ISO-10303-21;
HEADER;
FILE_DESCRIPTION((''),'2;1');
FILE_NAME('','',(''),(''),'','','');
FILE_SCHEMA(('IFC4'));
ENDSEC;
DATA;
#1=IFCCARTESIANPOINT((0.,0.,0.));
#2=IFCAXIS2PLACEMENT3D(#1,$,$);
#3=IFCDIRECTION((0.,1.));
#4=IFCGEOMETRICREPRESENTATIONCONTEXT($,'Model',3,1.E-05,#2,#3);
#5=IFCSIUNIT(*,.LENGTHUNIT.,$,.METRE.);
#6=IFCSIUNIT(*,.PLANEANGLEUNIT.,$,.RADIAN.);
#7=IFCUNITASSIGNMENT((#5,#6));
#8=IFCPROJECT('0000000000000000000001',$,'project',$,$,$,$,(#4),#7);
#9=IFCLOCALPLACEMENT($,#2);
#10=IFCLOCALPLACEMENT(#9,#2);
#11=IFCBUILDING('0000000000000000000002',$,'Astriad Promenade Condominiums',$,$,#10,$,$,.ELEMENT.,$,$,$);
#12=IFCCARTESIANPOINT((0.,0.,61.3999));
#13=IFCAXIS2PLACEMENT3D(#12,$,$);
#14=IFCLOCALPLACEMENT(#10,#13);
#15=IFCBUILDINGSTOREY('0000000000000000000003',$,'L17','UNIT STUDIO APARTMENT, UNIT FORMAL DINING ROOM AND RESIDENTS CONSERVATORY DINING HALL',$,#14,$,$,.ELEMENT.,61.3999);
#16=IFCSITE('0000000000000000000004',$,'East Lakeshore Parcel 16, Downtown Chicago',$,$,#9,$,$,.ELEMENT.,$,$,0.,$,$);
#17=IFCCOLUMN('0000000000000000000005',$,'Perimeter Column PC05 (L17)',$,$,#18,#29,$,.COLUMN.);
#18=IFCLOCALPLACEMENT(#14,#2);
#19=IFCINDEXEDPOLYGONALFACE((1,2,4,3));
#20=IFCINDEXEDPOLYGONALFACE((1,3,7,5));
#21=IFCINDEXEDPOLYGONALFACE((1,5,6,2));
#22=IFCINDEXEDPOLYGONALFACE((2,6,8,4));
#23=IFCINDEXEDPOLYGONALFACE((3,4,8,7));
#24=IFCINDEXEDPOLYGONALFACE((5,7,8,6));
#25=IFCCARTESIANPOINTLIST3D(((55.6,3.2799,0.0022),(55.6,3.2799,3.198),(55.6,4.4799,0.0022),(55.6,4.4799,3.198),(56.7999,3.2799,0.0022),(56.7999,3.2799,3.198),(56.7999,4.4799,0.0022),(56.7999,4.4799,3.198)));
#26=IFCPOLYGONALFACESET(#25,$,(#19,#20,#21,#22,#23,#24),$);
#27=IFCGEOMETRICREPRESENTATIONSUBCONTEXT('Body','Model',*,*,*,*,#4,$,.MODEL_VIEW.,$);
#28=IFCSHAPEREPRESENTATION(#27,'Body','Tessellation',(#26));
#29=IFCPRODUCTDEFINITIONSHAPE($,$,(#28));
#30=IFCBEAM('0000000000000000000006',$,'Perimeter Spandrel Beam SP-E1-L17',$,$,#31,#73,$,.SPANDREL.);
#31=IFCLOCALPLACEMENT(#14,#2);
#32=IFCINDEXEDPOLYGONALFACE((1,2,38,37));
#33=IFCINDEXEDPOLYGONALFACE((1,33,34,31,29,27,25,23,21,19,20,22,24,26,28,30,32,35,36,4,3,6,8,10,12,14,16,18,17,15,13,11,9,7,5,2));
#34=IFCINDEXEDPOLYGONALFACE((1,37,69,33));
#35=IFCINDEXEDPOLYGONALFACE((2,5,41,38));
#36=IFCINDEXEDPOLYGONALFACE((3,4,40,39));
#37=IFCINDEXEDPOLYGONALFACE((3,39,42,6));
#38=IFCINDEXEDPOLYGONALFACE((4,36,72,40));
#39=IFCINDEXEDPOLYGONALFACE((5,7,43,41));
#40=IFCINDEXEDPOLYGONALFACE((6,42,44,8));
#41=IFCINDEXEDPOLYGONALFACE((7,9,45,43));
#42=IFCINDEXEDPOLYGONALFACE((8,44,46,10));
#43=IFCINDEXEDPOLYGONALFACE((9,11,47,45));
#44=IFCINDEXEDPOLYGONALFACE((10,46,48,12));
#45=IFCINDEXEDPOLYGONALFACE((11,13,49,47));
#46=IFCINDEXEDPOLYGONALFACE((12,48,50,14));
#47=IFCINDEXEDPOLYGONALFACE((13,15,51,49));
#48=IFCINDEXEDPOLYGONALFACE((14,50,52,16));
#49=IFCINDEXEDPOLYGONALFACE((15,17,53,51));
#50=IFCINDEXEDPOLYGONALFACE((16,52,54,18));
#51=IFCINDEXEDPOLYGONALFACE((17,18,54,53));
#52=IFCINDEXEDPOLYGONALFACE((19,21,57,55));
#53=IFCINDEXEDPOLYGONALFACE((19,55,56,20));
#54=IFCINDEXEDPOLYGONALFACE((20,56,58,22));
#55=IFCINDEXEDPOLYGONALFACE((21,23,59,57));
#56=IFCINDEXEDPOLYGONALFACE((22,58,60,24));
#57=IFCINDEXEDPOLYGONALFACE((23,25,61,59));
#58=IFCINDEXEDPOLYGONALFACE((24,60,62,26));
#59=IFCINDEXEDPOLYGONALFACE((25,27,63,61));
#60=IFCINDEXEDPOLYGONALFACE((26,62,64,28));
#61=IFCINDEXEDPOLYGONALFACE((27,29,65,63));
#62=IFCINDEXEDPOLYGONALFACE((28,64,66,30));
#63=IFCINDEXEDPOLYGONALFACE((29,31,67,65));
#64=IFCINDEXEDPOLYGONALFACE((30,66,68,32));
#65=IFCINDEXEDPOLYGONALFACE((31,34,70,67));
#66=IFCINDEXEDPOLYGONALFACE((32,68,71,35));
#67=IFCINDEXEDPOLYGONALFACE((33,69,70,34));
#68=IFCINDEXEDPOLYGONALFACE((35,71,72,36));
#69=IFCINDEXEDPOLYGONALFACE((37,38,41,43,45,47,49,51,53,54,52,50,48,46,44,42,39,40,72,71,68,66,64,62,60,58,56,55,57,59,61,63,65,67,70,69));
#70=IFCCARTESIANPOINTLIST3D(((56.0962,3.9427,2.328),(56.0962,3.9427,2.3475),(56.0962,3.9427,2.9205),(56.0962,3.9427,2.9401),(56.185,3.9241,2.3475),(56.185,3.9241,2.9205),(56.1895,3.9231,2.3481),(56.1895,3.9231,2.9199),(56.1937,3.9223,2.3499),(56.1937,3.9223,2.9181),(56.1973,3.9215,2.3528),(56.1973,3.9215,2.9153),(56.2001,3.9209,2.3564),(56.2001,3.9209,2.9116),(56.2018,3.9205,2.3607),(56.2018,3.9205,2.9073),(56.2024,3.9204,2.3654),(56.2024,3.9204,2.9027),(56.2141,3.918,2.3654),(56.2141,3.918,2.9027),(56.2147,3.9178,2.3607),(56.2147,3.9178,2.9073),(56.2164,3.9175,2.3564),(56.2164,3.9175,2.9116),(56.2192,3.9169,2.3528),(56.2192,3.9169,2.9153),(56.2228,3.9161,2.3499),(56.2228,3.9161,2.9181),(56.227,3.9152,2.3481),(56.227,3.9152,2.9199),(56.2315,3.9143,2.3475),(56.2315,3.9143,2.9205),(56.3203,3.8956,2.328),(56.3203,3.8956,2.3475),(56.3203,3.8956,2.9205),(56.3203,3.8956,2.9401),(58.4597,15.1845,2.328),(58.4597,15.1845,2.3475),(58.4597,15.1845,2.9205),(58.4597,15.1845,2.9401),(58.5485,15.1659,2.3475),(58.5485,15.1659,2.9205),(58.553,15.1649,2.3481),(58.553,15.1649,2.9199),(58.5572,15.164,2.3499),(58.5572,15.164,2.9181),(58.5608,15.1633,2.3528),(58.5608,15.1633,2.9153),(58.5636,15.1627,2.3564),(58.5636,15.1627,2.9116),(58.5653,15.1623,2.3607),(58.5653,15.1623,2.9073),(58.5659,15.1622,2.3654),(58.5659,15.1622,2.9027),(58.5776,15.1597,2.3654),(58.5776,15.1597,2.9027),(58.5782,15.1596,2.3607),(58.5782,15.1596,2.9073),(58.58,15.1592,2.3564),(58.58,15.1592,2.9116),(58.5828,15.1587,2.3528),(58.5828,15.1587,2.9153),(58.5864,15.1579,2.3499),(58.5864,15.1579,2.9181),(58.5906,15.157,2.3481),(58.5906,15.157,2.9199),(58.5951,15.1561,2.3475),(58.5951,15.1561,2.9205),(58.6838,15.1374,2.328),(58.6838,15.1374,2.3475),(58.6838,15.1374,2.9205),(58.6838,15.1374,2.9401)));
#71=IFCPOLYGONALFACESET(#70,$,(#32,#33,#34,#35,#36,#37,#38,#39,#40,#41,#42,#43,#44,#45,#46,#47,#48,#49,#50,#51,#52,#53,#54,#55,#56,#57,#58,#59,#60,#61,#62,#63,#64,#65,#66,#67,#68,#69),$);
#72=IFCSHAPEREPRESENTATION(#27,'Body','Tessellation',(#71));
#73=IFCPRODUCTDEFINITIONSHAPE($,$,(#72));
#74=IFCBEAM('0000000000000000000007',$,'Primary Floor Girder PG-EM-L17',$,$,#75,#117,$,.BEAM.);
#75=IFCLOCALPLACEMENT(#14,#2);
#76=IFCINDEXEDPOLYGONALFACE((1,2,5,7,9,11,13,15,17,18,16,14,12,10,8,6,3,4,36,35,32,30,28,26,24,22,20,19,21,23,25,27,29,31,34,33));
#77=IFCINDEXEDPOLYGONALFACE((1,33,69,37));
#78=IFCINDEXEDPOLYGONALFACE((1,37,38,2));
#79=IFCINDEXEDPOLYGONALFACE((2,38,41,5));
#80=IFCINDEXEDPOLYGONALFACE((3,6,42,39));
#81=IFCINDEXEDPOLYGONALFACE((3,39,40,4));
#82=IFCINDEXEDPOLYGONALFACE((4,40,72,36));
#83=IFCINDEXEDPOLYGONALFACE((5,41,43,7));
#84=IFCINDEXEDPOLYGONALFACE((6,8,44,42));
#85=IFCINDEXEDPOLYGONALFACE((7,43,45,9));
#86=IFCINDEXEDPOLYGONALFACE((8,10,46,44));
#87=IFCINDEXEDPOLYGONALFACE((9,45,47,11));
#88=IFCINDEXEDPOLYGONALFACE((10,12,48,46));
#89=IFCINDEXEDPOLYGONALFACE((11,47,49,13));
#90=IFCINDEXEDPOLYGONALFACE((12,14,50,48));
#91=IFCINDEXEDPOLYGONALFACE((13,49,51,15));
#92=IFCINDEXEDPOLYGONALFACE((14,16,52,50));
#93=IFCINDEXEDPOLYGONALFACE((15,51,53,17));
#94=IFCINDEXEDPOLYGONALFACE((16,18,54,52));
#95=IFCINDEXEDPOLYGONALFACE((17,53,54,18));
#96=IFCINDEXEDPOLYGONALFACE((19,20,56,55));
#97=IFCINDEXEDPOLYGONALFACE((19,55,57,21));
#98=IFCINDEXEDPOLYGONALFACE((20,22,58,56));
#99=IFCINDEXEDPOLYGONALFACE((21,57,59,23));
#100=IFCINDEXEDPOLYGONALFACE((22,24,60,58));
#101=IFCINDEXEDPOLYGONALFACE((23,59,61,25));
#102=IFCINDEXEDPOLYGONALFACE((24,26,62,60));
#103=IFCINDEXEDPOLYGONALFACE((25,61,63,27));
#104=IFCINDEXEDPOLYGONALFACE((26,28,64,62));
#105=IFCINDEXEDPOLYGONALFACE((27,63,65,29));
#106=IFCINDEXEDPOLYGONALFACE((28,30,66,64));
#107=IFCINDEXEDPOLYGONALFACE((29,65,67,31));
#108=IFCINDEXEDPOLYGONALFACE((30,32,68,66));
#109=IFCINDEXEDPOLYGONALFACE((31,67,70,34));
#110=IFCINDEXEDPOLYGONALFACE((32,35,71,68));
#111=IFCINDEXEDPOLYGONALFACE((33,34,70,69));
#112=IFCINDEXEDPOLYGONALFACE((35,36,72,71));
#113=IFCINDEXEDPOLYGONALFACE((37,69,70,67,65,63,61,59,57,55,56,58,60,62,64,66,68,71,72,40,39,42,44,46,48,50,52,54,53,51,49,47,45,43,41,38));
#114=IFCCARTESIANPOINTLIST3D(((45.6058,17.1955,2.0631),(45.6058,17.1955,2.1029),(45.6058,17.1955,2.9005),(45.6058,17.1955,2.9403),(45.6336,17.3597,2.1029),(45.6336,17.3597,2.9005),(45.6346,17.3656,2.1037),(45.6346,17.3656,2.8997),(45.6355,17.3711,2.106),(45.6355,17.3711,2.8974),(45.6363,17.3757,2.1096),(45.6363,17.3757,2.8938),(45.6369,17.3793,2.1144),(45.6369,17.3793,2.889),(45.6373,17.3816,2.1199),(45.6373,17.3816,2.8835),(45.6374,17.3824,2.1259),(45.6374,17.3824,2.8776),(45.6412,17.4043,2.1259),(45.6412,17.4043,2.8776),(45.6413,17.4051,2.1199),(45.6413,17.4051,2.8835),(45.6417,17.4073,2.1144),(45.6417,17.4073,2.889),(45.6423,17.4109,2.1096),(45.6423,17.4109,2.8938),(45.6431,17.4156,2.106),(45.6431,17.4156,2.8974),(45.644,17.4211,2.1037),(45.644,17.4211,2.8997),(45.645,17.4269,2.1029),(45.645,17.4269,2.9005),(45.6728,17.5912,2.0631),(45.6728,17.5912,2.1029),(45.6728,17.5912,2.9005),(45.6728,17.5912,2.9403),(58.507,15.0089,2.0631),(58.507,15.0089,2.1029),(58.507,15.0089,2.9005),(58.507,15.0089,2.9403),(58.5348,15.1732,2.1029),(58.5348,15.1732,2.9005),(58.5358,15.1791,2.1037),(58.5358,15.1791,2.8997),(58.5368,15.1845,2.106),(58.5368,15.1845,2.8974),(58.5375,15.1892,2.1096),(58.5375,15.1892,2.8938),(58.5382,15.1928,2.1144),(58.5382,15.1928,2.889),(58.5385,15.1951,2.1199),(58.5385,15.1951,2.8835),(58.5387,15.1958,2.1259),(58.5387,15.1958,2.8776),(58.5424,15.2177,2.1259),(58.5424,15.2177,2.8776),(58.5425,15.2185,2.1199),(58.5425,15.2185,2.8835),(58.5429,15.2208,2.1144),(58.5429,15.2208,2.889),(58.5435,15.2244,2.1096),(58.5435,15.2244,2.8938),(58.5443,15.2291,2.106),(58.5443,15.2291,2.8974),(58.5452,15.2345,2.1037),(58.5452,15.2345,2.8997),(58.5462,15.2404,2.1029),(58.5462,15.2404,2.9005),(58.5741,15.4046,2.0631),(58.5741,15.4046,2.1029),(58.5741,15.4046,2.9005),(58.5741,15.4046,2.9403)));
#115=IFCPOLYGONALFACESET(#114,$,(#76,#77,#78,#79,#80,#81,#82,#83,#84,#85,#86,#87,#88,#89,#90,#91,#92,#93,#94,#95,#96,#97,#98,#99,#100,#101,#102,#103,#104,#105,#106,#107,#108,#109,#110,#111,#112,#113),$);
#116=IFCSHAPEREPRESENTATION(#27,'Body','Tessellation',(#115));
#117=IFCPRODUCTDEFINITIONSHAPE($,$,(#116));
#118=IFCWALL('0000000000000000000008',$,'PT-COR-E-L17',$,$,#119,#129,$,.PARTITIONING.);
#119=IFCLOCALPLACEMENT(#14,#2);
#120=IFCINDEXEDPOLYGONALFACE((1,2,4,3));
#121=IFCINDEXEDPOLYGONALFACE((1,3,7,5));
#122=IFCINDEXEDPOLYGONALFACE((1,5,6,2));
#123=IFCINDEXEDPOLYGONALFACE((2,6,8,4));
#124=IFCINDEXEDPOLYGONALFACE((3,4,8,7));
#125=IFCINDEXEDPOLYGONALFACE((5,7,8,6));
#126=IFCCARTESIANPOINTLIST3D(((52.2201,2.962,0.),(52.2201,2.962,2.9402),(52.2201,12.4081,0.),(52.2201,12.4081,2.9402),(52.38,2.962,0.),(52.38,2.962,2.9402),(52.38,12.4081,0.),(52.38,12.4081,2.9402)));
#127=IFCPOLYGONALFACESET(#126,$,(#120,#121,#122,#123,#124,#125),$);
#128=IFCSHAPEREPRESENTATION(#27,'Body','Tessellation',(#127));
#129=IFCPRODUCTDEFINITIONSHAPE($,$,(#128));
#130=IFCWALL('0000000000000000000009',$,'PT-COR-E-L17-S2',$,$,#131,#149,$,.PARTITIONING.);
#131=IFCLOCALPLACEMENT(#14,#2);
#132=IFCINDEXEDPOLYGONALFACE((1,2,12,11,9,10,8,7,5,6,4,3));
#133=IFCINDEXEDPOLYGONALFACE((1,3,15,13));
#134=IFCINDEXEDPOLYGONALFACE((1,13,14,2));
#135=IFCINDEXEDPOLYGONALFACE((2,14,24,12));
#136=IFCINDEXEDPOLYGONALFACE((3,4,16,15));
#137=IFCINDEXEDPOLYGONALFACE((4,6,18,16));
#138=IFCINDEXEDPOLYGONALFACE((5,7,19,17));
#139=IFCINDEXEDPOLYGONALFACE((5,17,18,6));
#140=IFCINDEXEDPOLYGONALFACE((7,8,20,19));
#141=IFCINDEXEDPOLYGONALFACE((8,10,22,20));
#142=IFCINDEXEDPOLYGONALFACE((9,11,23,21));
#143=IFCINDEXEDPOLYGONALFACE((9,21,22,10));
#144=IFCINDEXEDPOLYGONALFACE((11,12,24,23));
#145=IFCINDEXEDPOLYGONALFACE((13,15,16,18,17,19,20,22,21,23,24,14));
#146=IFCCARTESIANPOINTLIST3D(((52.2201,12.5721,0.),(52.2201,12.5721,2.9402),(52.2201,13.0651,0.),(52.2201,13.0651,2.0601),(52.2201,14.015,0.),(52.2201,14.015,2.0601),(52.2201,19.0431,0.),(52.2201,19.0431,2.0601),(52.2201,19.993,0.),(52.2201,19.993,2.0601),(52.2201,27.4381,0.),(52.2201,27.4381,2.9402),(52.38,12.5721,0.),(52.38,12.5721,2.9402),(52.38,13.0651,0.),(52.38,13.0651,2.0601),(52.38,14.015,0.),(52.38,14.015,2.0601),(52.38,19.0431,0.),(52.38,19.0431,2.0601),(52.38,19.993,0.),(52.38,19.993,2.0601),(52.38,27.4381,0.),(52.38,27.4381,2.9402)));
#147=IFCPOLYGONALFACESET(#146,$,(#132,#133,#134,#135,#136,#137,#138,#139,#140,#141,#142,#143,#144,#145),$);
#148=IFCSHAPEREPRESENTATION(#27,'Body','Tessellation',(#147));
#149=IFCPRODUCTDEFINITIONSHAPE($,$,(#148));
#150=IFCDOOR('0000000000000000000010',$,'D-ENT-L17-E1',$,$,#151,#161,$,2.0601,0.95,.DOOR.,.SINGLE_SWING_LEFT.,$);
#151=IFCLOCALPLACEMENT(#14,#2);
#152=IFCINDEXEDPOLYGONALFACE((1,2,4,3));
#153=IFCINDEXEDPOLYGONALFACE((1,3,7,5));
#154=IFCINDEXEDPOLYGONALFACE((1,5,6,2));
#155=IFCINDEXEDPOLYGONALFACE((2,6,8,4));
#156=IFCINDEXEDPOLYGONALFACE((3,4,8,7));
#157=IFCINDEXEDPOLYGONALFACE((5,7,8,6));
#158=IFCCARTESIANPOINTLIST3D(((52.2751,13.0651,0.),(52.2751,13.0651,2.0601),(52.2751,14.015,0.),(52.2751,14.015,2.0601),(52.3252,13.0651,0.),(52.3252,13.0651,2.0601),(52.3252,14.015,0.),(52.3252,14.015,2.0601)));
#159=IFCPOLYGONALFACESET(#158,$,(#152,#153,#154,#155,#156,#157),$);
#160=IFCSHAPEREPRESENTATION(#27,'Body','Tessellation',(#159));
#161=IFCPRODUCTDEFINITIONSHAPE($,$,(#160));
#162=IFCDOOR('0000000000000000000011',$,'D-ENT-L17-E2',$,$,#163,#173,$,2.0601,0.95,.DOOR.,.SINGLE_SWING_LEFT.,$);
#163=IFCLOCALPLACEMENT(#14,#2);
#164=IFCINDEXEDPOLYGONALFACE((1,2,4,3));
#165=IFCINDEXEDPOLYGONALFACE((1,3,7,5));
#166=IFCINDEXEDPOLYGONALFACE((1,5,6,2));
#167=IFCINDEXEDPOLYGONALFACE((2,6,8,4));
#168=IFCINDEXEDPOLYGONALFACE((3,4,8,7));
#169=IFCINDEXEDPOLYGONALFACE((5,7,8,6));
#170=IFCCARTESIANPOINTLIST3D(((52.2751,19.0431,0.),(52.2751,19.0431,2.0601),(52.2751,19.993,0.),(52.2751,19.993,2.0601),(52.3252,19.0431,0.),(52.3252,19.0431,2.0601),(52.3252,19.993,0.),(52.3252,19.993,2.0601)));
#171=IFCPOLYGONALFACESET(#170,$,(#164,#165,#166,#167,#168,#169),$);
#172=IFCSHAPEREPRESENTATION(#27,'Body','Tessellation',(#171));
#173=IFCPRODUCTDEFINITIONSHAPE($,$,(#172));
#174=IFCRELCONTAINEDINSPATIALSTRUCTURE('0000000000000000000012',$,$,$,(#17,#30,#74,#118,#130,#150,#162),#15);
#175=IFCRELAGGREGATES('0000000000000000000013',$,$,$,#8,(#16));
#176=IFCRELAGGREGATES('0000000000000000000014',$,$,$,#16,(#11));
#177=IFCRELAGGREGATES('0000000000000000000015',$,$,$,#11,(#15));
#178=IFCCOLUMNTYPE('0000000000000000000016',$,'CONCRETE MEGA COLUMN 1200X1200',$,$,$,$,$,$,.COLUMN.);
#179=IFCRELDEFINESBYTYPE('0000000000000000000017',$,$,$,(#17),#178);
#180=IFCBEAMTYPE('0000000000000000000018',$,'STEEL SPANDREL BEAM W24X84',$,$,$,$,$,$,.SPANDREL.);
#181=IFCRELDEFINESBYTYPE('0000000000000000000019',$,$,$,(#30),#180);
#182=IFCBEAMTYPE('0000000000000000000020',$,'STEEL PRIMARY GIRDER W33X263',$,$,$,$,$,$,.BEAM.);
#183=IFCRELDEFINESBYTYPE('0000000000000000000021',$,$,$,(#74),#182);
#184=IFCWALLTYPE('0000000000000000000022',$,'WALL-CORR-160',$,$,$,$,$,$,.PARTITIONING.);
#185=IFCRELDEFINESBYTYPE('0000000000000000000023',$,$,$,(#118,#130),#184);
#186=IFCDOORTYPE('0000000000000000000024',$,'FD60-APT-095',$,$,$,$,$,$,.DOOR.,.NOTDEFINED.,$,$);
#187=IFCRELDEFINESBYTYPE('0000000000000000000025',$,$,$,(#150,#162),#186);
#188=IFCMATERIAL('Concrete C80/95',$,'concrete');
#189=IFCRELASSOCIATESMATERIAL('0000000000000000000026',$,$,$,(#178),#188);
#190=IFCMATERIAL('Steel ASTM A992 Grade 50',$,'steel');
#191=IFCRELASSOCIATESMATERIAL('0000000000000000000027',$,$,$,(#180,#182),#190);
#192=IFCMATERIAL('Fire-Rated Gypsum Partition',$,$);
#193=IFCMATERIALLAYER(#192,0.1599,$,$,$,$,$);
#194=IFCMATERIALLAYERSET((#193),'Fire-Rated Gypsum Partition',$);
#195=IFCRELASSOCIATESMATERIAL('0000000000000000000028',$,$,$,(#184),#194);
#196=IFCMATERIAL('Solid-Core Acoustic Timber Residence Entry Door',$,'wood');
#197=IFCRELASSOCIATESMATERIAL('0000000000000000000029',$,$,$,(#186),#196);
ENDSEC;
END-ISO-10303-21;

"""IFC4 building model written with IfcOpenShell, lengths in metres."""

from ifc_helpers import new_model, si_unit, direction, frame, frame_2d, origin, origin_2d, place, context, subcontext, project, spatial, rectangle, i_section, extrude, source, transform, mapped, material, layer, layer_set, material_profile, profile_set, type_object, type_shapes, element, fill, save


model = new_model("IFC4")

# Units and contexts
model_context = context("Model", 3, precision=1e-05, world=origin(), true_north=direction((0.0, 1.0)))
body_context = subcontext(model_context, "Body", "Model", "MODEL_VIEW")
ifc_project = project(units=[si_unit("LENGTHUNIT", "METRE"), si_unit("PLANEANGLEUNIT", "RADIAN")], contexts=[model_context])

# Site, building, storey
site_placement = place(None, origin())
site = spatial("IfcSite", under=ifc_project, at=site_placement, Name="East Lakeshore Parcel 16, Downtown Chicago", CompositionType="ELEMENT", RefElevation=0.0)
building_placement = place(site_placement, origin())
building = spatial("IfcBuilding", under=site, at=building_placement, Name="Astriad Promenade Condominiums", CompositionType="ELEMENT")
storey_placement = place(building_placement, frame((0.0, 0.0, 61.3999)))
storey = spatial("IfcBuildingStorey", under=building, at=storey_placement, Name="L17", Description="UNIT STUDIO APARTMENT, UNIT FORMAL DINING ROOM AND RESIDENTS CONSERVATORY DINING HALL", CompositionType="ELEMENT", Elevation=61.3999)

# Column
ifc_material_1 = material(Name="Concrete C80/95", Category="concrete")
ifc_material_profile_1 = material_profile(ifc_material_1, rectangle(XDim=1.2, YDim=1.2, at=origin_2d()), Name="RC-COL-1200X1200")
ifc_profile_set_1 = profile_set([ifc_material_profile_1], Name="Concrete C80/95")
column_type = type_object("IfcColumnType", Name="CONCRETE MEGA COLUMN 1200X1200", PredefinedType="COLUMN", material=ifc_profile_set_1)
shared_shape_1 = source(origin(), body_context, "Body", "SweptSolid", [
    extrude(rectangle(XDim=1.2, YDim=1.2, at=origin_2d()), origin(), (0.0, 0.0, 1.0), 3.1958),
])
type_shapes(column_type, [shared_shape_1])
column_placement = place(storey_placement, frame((56.2, 3.8799, 0.0022), z_axis=(0.0, 0.0, 1.0), x_axis=(1.0, 0.0, 0.0)))
element("IfcColumn", 1, at=column_placement, inside=storey, type_object=column_type, Name="Perimeter Column PC05 (L17)", PredefinedType="COLUMN", context=body_context, shape_type="MappedRepresentation", body=[
    mapped(shared_shape_1, transform((0.0, 0.0, 0.0), scale=1.0)),
])

# Beams
ifc_material_2 = material(Name="Steel ASTM A992 Grade 50", Category="steel")
ifc_material_profile_2 = material_profile(ifc_material_2, i_section(OverallWidth=0.229, OverallDepth=0.6121, WebThickness=0.012, FlangeThickness=0.0195, FilletRadius=0.0178, at=origin_2d()), Name="W24X84")
ifc_profile_set_2 = profile_set([ifc_material_profile_2], Name="Steel ASTM A992 Grade 50")
beam_type_1 = type_object("IfcBeamType", Name="STEEL SPANDREL BEAM W24X84", PredefinedType="SPANDREL", material=ifc_profile_set_2)
shared_shape_2 = source(origin(), body_context, "Body", "SweptSolid", [
    extrude(i_section(OverallWidth=0.229, OverallDepth=0.6121, WebThickness=0.012, FlangeThickness=0.0195, FilletRadius=0.0178, at=origin_2d()), origin(), (0.0, 0.0, 1.0), 11.4875),
])
type_shapes(beam_type_1, [shared_shape_2])
beam_1_placement = place(storey_placement, frame((56.2083, 3.9192, 2.634), z_axis=(0.205748, 0.978605, 0.0), x_axis=(-0.978605, 0.205748, 0.0)))
element("IfcBeam", 2, at=beam_1_placement, inside=storey, type_object=beam_type_1, Name="Perimeter Spandrel Beam SP-E1-L17", PredefinedType="SPANDREL", context=body_context, shape_type="MappedRepresentation", body=[
    mapped(shared_shape_2, transform((0.0, 0.0, 0.0), scale=1.0)),
])
ifc_material_profile_3 = material_profile(ifc_material_2, i_section(OverallWidth=0.4014, OverallDepth=0.8772, WebThickness=0.0222, FlangeThickness=0.0398, FilletRadius=0.0229, at=origin_2d()), Name="W33X263")
ifc_profile_set_3 = profile_set([ifc_material_profile_3], Name="Steel ASTM A992 Grade 50")
beam_type_2 = type_object("IfcBeamType", Name="STEEL PRIMARY GIRDER W33X263", PredefinedType="BEAM", material=ifc_profile_set_3)
shared_shape_3 = source(origin(), body_context, "Body", "SweptSolid", [
    extrude(i_section(OverallWidth=0.4014, OverallDepth=0.8772, WebThickness=0.0222, FlangeThickness=0.0398, FilletRadius=0.0229, at=origin_2d()), origin(), (0.0, 0.0, 1.0), 13.0852),
])
type_shapes(beam_type_2, [shared_shape_3])
beam_2_placement = place(storey_placement, frame((58.5405, 15.2068, 2.5017), z_axis=(-0.98594, 0.1671, 0.0), x_axis=(-0.1671, -0.98594, 0.0)))
element("IfcBeam", 3, at=beam_2_placement, inside=storey, type_object=beam_type_2, Name="Primary Floor Girder PG-EM-L17", PredefinedType="BEAM", context=body_context, shape_type="MappedRepresentation", body=[
    mapped(shared_shape_3, transform((0.0, 0.0, 0.0), scale=1.0)),
])

# Wall
ifc_material_3 = material(Name="Fire-Rated Gypsum Partition")
ifc_layer_1 = layer(ifc_material_3, 0.1599)
ifc_layer_set_1 = layer_set([ifc_layer_1], Name="Fire-Rated Gypsum Partition")
wall_type_1 = type_object("IfcWallType", Name="WALL-CORR-160", PredefinedType="PARTITIONING", material=ifc_layer_set_1)
wall_1_placement = place(storey_placement, frame((52.3, 2.9619, 0.0), z_axis=(0.0, 0.0, 1.0), x_axis=(0.0, 1.0, 0.0)))
element("IfcWall", 4, at=wall_1_placement, inside=storey, type_object=wall_type_1, Name="PT-COR-E-L17", PredefinedType="PARTITIONING", context=body_context, shape_type="SweptSolid", body=[
    extrude(rectangle(XDim=9.446, YDim=0.1599, at=frame_2d((4.7231, 0.0))), origin(), (0.0, 0.0, 1.0), 2.9402),
])

# Wall, openings, doors
wall_2_placement = place(storey_placement, frame((52.3, 12.572, 0.0), z_axis=(0.0, 0.0, 1.0), x_axis=(0.0, 1.0, 0.0)))
wall_2 = element("IfcWall", 5, at=wall_2_placement, inside=storey, type_object=wall_type_1, Name="PT-COR-E-L17-S2", PredefinedType="PARTITIONING", context=body_context, shape_type="SweptSolid", body=[
    extrude(rectangle(XDim=14.866, YDim=0.1599, at=frame_2d((7.4331, 0.0))), origin(), (0.0, 0.0, 1.0), 2.9402),
])
opening_1_placement = place(wall_2_placement, frame((0.4929, 0.0, 0.0)))
opening_1 = element("IfcOpeningElement", 6, at=opening_1_placement, cuts=wall_2, PredefinedType="OPENING", context=body_context, shape_type="SweptSolid", body=[
    extrude(rectangle(XDim=0.95, YDim=2.0601, at=frame_2d((0.4751, 1.03))), frame((0.0, 0.0898, 0.0), z_axis=(0.0, -1.0, 0.0), x_axis=(1.0, 0.0, 0.0)), (0.0, 0.0, 1.0), 0.1799),
])
opening_2_placement = place(wall_2_placement, frame((6.4709, 0.0, 0.0)))
opening_2 = element("IfcOpeningElement", 7, at=opening_2_placement, cuts=wall_2, PredefinedType="OPENING", context=body_context, shape_type="SweptSolid", body=[
    extrude(rectangle(XDim=0.95, YDim=2.0601, at=frame_2d((0.4751, 1.03))), frame((0.0, 0.0898, 0.0), z_axis=(0.0, -1.0, 0.0), x_axis=(1.0, 0.0, 0.0)), (0.0, 0.0, 1.0), 0.1799),
])
ifc_material_4 = material(Name="Solid-Core Acoustic Timber Residence Entry Door", Category="wood")
door_type_1 = type_object("IfcDoorType", Name="FD60-APT-095", OperationType="NOTDEFINED", PredefinedType="DOOR", material=ifc_material_4)
shared_shape_4 = source(origin(), body_context, "Body", "SweptSolid", [
    extrude(rectangle(XDim=0.95, YDim=2.0601, at=frame_2d((0.4751, 1.03))), frame((0.0, 0.0249, 0.0), z_axis=(0.0, -1.0, 0.0), x_axis=(1.0, 0.0, 0.0)), (0.0, 0.0, 1.0), 0.05),
])
type_shapes(door_type_1, [shared_shape_4])
door_1_placement = place(opening_1_placement, origin())
door_1 = element("IfcDoor", 8, at=door_1_placement, inside=storey, type_object=door_type_1, Name="D-ENT-L17-E1", OperationType="SINGLE_SWING_LEFT", OverallHeight=2.0601, OverallWidth=0.95, PredefinedType="DOOR", context=body_context, shape_type="MappedRepresentation", body=[
    mapped(shared_shape_4, transform((0.0, 0.0, 0.0), scale=1.0)),
])
fill(opening_1, door_1)
door_2_placement = place(opening_2_placement, origin())
door_2 = element("IfcDoor", 9, at=door_2_placement, inside=storey, type_object=door_type_1, Name="D-ENT-L17-E2", OperationType="SINGLE_SWING_LEFT", OverallHeight=2.0601, OverallWidth=0.95, PredefinedType="DOOR", context=body_context, shape_type="MappedRepresentation", body=[
    mapped(shared_shape_4, transform((0.0, 0.0, 0.0), scale=1.0)),
])
fill(opening_2, door_2)

save(model, "model.ifc")
